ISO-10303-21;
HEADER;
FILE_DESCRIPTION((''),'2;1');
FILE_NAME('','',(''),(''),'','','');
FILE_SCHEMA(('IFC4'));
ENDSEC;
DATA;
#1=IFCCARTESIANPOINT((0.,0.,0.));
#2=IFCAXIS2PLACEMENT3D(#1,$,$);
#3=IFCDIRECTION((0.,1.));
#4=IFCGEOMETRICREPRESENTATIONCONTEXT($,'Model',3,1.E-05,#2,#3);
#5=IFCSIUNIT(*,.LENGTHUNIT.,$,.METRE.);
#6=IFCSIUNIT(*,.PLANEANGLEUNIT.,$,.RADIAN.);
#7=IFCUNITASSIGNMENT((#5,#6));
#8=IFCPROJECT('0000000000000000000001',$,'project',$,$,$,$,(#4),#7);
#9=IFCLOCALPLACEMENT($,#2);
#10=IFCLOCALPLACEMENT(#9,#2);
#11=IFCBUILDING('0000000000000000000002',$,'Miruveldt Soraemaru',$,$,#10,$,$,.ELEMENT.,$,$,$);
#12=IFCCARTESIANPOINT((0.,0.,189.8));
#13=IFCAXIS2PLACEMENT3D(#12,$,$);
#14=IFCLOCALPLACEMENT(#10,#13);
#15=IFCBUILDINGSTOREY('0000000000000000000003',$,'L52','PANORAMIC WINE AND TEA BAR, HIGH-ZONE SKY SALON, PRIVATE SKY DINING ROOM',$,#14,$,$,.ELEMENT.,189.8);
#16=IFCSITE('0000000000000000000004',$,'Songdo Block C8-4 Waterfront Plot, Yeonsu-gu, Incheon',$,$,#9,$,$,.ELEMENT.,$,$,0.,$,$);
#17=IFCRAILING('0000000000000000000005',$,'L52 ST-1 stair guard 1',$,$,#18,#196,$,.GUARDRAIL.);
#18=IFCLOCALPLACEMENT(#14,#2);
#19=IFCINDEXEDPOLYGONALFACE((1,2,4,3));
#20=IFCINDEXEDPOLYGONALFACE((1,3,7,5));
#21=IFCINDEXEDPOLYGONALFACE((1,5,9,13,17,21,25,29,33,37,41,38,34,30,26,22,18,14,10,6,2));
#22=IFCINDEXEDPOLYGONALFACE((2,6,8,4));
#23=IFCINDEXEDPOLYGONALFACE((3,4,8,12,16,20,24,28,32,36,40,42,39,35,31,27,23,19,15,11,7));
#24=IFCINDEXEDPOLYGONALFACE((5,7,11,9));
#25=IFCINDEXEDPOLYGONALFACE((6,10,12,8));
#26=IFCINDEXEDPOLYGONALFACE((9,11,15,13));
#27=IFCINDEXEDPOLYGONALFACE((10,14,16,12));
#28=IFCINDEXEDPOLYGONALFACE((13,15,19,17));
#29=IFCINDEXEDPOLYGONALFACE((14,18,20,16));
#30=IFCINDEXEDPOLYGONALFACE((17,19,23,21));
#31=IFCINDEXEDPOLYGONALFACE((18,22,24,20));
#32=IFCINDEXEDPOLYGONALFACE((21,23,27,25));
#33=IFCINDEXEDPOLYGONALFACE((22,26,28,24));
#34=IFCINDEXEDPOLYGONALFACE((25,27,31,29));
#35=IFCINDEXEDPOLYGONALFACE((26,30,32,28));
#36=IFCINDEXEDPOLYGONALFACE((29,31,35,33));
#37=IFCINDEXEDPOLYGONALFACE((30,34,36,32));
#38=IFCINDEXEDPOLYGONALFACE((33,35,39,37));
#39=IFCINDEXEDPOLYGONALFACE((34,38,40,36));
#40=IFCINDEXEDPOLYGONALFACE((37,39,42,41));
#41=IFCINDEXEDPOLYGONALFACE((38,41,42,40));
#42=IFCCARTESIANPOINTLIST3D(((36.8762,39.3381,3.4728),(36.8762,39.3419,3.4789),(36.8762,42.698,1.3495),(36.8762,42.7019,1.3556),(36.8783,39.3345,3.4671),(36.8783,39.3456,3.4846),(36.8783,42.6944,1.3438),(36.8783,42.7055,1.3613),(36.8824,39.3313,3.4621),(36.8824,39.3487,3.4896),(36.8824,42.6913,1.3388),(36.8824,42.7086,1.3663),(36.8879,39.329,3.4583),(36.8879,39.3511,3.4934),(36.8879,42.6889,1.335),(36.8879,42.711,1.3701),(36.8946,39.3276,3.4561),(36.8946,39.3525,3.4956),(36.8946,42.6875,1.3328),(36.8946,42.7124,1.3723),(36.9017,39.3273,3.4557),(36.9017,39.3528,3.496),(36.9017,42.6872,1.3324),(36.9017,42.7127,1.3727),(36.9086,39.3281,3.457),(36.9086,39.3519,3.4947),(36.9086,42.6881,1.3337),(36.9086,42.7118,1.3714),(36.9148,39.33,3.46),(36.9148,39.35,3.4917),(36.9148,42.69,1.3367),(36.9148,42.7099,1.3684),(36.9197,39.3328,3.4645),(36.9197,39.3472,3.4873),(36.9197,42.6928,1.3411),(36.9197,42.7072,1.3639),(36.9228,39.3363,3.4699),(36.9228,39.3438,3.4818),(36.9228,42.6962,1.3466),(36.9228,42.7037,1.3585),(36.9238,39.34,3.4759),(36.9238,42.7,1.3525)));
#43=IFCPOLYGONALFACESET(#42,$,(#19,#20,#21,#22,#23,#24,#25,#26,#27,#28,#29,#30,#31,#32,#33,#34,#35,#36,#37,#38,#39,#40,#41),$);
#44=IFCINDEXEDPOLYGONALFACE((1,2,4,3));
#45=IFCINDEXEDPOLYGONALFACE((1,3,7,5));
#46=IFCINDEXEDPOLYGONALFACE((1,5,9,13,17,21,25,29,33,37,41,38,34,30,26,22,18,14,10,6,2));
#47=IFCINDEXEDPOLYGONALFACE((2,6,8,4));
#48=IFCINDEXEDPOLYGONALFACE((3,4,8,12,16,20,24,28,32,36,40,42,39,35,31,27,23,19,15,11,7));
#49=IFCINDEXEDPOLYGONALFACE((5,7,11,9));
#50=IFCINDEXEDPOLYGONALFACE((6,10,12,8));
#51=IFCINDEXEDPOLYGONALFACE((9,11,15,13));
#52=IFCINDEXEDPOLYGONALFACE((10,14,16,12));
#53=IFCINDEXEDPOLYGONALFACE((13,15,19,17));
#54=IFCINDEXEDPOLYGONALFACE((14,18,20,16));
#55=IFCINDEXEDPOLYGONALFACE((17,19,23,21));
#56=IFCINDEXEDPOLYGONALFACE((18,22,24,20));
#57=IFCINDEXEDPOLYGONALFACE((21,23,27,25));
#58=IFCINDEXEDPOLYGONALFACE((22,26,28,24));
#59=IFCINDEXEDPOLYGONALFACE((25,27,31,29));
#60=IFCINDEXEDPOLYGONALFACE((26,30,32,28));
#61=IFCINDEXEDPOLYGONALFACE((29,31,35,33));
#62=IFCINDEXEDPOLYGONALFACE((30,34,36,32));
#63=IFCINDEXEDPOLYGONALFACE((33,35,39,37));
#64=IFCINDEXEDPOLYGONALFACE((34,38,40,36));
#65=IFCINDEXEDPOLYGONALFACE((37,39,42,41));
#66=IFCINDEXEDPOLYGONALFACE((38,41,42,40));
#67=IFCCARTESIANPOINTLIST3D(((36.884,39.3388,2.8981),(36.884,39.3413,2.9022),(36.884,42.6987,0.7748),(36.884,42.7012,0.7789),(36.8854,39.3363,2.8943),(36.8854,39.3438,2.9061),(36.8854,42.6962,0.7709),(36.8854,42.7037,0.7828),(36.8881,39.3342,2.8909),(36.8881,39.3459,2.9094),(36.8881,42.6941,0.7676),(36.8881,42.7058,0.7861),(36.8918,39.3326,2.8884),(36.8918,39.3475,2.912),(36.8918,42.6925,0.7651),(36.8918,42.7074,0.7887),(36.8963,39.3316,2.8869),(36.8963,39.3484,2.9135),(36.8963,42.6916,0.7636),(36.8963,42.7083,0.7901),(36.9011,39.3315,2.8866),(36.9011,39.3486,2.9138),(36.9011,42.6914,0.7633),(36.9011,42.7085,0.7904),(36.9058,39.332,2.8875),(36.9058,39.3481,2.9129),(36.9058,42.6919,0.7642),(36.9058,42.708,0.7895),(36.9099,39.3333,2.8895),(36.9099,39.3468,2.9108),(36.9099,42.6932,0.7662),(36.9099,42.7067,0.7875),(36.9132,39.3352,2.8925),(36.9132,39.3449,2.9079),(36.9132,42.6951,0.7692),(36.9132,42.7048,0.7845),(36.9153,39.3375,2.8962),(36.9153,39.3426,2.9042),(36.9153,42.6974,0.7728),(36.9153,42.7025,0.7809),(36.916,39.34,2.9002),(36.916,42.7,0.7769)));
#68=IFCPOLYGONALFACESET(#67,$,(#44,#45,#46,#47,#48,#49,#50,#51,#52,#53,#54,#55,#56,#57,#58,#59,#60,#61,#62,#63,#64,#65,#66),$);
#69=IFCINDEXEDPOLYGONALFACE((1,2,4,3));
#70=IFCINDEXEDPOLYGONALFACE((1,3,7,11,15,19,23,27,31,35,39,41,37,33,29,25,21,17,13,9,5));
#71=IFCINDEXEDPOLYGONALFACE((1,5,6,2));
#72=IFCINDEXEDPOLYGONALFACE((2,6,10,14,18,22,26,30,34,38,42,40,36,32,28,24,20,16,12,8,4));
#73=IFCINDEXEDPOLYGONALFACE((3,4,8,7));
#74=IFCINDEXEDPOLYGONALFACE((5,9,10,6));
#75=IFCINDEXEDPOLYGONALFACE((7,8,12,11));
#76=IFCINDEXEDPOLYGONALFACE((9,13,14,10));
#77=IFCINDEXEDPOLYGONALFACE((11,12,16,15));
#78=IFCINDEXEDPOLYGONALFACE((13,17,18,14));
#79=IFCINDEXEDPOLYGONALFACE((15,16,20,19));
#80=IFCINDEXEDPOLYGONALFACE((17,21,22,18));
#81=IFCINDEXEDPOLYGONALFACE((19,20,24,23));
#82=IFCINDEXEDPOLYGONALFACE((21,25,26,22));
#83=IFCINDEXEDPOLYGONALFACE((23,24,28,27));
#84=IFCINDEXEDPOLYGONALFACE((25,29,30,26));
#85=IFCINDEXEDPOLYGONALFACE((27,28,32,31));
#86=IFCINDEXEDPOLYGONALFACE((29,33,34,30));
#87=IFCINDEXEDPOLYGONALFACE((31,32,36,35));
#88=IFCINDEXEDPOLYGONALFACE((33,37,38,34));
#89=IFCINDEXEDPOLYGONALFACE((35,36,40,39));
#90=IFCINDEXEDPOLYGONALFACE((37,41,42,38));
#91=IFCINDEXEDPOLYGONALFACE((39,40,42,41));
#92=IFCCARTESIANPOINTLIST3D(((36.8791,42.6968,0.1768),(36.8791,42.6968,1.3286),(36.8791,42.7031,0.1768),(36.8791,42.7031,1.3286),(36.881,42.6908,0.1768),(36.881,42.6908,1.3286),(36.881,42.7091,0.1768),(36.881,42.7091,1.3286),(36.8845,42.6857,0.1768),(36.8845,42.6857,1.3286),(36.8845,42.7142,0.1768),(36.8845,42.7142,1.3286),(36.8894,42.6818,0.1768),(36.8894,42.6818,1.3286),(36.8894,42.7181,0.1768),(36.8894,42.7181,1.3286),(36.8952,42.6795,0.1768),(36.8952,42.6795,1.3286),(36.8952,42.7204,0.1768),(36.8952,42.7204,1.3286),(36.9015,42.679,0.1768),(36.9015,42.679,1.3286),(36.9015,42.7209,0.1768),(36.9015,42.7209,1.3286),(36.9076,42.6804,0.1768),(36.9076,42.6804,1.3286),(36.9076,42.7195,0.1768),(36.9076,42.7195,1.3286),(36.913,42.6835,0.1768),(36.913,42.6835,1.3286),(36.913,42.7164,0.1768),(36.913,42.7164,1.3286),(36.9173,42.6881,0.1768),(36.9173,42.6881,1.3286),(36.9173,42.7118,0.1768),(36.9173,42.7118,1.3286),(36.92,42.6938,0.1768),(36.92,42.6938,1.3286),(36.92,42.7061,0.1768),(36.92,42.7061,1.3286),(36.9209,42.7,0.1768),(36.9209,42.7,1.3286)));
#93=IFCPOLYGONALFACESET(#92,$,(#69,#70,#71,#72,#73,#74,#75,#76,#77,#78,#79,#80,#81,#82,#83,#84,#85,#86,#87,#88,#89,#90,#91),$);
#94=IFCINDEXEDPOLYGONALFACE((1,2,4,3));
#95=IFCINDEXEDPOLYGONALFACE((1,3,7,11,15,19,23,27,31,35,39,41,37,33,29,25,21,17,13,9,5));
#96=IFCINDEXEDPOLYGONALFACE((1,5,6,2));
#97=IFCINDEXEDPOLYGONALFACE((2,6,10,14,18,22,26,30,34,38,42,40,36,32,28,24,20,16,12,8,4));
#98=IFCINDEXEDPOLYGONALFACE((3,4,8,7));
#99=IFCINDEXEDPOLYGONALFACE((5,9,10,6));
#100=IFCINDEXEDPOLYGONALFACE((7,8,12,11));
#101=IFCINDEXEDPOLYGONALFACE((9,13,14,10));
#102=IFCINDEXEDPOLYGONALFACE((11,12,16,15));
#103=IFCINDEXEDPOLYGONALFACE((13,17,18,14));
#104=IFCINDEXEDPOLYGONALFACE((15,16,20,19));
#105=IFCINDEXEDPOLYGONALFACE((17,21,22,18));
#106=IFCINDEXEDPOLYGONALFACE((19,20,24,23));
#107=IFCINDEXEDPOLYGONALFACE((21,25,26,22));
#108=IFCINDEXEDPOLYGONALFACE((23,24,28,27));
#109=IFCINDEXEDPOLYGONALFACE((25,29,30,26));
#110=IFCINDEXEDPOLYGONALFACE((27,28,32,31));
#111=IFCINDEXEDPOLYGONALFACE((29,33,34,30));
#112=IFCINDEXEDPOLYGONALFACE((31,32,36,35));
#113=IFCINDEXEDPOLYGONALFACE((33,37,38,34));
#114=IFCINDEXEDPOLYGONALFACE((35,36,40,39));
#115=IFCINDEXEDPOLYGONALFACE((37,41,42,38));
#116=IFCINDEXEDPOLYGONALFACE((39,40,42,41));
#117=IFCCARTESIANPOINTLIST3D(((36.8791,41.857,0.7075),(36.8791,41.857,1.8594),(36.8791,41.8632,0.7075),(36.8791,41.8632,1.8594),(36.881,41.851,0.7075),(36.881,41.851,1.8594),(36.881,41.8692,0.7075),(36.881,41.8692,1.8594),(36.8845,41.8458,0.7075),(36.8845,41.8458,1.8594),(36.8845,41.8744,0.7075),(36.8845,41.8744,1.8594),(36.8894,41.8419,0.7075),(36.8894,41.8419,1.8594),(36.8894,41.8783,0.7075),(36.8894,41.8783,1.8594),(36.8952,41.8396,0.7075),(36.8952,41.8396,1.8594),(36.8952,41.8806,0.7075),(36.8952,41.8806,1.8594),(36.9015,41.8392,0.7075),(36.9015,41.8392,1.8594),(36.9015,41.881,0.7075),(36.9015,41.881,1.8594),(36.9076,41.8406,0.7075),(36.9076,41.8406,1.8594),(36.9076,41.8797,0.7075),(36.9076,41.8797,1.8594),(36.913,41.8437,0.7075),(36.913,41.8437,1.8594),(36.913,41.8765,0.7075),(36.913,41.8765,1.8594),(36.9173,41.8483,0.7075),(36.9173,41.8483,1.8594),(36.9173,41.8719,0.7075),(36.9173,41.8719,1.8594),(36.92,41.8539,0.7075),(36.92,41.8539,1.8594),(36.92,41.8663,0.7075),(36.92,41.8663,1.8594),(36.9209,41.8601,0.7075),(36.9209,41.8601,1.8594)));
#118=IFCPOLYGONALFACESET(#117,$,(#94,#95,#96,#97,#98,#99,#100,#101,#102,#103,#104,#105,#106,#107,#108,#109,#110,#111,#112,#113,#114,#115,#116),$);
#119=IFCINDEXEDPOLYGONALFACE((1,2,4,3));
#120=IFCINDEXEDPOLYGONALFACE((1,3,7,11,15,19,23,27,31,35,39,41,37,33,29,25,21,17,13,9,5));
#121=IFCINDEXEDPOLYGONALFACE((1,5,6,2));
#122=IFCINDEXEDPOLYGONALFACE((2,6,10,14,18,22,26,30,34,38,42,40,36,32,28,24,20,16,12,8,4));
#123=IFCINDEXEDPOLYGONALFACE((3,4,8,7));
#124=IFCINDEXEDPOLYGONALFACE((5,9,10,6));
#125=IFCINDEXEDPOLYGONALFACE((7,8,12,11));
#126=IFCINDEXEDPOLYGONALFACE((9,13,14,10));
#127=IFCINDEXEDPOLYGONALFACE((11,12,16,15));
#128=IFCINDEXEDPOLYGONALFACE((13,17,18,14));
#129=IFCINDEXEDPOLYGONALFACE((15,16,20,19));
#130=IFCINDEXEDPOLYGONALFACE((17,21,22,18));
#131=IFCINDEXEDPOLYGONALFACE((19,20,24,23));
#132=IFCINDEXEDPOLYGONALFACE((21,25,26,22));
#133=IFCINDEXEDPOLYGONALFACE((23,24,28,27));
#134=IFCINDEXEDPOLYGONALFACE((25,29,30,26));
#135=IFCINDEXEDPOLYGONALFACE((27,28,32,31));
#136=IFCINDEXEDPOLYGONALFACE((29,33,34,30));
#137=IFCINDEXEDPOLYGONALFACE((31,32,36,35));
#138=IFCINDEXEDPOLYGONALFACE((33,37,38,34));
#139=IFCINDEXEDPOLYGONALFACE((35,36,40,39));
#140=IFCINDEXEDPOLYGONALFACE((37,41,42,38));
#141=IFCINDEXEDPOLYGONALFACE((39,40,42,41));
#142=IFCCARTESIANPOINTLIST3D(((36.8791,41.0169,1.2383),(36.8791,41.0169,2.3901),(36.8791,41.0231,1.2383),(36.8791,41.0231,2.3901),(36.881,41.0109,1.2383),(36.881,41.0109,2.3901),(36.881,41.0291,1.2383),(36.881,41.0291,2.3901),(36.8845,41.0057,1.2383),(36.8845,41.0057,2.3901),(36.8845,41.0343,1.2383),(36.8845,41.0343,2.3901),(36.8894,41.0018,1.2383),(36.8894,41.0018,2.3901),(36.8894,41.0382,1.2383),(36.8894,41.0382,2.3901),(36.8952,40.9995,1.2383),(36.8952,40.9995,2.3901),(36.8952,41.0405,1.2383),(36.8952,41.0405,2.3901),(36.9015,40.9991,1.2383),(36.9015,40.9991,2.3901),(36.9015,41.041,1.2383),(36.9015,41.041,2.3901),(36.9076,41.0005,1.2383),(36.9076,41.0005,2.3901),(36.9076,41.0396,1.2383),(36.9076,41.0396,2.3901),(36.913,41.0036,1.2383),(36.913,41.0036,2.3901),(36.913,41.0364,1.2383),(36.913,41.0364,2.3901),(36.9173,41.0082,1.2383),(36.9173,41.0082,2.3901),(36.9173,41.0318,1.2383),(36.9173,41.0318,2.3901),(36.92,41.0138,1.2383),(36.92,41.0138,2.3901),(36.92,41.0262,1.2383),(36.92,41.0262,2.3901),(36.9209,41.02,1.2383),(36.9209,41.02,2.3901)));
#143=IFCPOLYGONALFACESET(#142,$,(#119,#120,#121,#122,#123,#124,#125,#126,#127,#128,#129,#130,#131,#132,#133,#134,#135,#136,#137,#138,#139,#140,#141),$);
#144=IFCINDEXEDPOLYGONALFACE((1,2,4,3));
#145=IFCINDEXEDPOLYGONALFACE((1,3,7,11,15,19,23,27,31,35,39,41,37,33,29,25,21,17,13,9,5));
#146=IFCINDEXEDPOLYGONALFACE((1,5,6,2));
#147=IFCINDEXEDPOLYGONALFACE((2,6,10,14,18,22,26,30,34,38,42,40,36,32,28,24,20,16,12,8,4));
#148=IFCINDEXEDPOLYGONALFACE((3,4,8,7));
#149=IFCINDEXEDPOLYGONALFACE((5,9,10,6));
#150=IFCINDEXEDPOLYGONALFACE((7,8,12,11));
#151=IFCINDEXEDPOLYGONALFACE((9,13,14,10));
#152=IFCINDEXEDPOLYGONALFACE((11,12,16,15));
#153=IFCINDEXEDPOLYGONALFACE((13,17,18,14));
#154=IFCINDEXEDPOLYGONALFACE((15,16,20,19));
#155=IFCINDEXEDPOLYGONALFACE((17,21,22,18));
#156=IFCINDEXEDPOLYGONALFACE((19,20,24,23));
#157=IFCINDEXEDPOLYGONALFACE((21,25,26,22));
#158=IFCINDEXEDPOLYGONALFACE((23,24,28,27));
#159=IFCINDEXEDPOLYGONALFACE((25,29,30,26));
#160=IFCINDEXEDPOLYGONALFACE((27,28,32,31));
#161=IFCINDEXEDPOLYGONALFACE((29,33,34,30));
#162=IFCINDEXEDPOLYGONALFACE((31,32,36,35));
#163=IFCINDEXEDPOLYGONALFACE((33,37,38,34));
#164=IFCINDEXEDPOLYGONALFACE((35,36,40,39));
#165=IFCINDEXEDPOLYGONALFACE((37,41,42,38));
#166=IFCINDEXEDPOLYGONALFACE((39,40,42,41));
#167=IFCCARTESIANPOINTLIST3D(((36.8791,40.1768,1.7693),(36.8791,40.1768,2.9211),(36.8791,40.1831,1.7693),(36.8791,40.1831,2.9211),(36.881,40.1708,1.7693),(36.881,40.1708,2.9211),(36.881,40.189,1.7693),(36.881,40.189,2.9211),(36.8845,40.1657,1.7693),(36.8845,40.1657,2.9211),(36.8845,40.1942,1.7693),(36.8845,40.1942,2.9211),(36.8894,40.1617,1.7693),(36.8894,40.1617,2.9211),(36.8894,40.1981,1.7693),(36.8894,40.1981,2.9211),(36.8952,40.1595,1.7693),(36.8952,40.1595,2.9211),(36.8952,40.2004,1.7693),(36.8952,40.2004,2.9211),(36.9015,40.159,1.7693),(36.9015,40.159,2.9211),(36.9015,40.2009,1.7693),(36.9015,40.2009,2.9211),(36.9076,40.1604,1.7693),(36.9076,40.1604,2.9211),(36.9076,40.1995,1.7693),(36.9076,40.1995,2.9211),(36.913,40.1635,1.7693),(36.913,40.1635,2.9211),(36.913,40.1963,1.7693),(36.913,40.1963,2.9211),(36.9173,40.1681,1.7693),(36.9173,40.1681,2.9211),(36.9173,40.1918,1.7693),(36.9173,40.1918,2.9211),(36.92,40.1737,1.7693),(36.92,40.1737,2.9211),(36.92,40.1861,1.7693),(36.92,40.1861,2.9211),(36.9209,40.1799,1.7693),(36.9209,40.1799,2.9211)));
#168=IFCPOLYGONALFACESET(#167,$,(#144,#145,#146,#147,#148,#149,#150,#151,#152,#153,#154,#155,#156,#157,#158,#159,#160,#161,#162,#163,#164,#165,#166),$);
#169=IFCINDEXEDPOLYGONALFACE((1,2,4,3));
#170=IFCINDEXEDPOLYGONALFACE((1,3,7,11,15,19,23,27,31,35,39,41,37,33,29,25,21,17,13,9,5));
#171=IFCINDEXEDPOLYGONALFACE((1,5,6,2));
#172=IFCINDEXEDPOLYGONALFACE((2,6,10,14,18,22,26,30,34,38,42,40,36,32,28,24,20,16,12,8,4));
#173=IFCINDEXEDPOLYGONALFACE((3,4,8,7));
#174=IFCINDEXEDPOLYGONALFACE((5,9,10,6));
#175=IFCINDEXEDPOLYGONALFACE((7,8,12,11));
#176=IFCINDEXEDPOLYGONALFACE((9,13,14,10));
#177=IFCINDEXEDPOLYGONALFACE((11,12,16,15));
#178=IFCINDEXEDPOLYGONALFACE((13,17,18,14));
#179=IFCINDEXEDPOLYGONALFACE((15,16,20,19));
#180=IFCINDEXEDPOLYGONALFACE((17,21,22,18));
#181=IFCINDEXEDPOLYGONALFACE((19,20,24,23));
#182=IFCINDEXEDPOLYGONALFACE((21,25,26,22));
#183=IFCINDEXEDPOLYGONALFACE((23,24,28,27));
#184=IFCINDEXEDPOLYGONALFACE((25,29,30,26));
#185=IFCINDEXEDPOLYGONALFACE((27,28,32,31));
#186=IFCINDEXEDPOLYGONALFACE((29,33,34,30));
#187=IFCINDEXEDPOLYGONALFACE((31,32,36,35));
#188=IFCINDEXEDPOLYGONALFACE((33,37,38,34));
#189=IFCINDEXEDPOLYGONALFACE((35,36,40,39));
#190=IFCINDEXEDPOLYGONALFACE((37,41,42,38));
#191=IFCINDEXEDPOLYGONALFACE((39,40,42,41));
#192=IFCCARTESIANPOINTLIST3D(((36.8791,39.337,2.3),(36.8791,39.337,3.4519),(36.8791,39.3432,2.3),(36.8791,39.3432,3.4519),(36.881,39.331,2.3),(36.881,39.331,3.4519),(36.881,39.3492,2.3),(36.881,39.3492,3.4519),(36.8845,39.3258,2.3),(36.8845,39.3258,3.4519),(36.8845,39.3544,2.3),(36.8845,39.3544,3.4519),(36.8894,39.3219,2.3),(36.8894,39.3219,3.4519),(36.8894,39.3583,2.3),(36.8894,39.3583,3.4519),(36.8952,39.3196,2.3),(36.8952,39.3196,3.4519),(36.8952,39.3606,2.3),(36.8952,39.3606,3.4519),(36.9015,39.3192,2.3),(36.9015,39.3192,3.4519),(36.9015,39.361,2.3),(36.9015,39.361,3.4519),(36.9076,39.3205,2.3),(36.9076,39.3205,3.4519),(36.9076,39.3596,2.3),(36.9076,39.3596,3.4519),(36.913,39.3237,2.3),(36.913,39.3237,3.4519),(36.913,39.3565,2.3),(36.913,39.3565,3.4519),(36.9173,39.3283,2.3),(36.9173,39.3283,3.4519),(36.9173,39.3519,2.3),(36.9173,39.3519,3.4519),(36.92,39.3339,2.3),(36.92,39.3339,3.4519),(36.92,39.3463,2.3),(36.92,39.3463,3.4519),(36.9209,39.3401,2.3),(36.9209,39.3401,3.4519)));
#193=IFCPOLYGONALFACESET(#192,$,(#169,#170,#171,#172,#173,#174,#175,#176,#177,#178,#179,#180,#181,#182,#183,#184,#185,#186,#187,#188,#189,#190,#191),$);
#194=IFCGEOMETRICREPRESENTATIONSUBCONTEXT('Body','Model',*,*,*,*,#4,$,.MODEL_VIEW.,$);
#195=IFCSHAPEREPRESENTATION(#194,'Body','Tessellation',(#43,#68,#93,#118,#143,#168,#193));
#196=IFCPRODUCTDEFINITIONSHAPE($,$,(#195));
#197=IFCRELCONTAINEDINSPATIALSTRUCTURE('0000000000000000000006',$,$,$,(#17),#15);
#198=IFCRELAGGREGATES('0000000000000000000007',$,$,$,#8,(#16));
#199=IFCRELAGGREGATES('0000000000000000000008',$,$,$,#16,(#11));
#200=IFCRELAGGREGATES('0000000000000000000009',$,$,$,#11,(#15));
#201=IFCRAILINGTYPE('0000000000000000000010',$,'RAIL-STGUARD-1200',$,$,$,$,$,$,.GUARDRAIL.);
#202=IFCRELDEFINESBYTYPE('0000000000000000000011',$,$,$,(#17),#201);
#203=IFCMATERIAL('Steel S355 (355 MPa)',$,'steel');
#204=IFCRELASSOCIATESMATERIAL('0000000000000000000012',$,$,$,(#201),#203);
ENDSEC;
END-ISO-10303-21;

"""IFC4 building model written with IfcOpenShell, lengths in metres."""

from ifc_helpers import new_model, si_unit, direction, frame, origin, origin_2d, place, context, subcontext, project, spatial, circle, extrude, material, type_object, element, save


model = new_model("IFC4")

# Units and contexts
model_context = context("Model", 3, precision=1e-05, world=origin(), true_north=direction((0.0, 1.0)))
body_context = subcontext(model_context, "Body", "Model", "MODEL_VIEW")
ifc_project = project(units=[si_unit("LENGTHUNIT", "METRE"), si_unit("PLANEANGLEUNIT", "RADIAN")], contexts=[model_context])

# Site, building, storey
site_placement = place(None, origin())
site = spatial("IfcSite", under=ifc_project, at=site_placement, Name="Songdo Block C8-4 Waterfront Plot, Yeonsu-gu, Incheon", CompositionType="ELEMENT", RefElevation=0.0)
building_placement = place(site_placement, origin())
building = spatial("IfcBuilding", under=site, at=building_placement, Name="Miruveldt Soraemaru", CompositionType="ELEMENT")
storey_placement = place(building_placement, frame((0.0, 0.0, 189.8)))
storey = spatial("IfcBuildingStorey", under=building, at=storey_placement, Name="L52", Description="PANORAMIC WINE AND TEA BAR, HIGH-ZONE SKY SALON, PRIVATE SKY DINING ROOM", CompositionType="ELEMENT", Elevation=189.8)

# Railing
ifc_material_1 = material(Name="Steel S355 (355 MPa)", Category="steel")
railing_type_1 = type_object("IfcRailingType", Name="RAIL-STGUARD-1200", PredefinedType="GUARDRAIL", material=ifc_material_1)
railing_1_placement = place(storey_placement, frame((36.8999, 42.7, 0.1768)))
element("IfcRailing", 1, at=railing_1_placement, inside=storey, type_object=railing_type_1, Name="L52 ST-1 stair guard 1", PredefinedType="GUARDRAIL", context=body_context, shape_type="SweptSolid", body=[
    extrude(circle(Radius=0.0239, at=origin_2d()), frame((0.0, 0.0, 1.1758), z_axis=(0.0, -0.845344, 0.534222), x_axis=(1.0, 0.0, 0.0)), (0.0, 0.0, 1.0), 3.9746),
    extrude(circle(Radius=0.0161, at=origin_2d()), frame((0.0, 0.0, 0.6001), z_axis=(0.0, -0.845344, 0.534222), x_axis=(1.0, 0.0, 0.0)), (0.0, 0.0, 1.0), 3.9746),
    extrude(circle(Radius=0.021, at=origin_2d()), origin(), (0.0, 0.0, 1.0), 1.1519),
    extrude(circle(Radius=0.021, at=origin_2d()), frame((0.0, -0.8398, 0.5308)), (0.0, 0.0, 1.0), 1.1519),
    extrude(circle(Radius=0.021, at=origin_2d()), frame((0.0, -1.6799, 1.0615)), (0.0, 0.0, 1.0), 1.1519),
    extrude(circle(Radius=0.021, at=origin_2d()), frame((0.0, -2.52, 1.5925)), (0.0, 0.0, 1.0), 1.1519),
    extrude(circle(Radius=0.021, at=origin_2d()), frame((0.0, -3.3599, 2.1233)), (0.0, 0.0, 1.0), 1.1519),
])

save(model, "model.ifc")
